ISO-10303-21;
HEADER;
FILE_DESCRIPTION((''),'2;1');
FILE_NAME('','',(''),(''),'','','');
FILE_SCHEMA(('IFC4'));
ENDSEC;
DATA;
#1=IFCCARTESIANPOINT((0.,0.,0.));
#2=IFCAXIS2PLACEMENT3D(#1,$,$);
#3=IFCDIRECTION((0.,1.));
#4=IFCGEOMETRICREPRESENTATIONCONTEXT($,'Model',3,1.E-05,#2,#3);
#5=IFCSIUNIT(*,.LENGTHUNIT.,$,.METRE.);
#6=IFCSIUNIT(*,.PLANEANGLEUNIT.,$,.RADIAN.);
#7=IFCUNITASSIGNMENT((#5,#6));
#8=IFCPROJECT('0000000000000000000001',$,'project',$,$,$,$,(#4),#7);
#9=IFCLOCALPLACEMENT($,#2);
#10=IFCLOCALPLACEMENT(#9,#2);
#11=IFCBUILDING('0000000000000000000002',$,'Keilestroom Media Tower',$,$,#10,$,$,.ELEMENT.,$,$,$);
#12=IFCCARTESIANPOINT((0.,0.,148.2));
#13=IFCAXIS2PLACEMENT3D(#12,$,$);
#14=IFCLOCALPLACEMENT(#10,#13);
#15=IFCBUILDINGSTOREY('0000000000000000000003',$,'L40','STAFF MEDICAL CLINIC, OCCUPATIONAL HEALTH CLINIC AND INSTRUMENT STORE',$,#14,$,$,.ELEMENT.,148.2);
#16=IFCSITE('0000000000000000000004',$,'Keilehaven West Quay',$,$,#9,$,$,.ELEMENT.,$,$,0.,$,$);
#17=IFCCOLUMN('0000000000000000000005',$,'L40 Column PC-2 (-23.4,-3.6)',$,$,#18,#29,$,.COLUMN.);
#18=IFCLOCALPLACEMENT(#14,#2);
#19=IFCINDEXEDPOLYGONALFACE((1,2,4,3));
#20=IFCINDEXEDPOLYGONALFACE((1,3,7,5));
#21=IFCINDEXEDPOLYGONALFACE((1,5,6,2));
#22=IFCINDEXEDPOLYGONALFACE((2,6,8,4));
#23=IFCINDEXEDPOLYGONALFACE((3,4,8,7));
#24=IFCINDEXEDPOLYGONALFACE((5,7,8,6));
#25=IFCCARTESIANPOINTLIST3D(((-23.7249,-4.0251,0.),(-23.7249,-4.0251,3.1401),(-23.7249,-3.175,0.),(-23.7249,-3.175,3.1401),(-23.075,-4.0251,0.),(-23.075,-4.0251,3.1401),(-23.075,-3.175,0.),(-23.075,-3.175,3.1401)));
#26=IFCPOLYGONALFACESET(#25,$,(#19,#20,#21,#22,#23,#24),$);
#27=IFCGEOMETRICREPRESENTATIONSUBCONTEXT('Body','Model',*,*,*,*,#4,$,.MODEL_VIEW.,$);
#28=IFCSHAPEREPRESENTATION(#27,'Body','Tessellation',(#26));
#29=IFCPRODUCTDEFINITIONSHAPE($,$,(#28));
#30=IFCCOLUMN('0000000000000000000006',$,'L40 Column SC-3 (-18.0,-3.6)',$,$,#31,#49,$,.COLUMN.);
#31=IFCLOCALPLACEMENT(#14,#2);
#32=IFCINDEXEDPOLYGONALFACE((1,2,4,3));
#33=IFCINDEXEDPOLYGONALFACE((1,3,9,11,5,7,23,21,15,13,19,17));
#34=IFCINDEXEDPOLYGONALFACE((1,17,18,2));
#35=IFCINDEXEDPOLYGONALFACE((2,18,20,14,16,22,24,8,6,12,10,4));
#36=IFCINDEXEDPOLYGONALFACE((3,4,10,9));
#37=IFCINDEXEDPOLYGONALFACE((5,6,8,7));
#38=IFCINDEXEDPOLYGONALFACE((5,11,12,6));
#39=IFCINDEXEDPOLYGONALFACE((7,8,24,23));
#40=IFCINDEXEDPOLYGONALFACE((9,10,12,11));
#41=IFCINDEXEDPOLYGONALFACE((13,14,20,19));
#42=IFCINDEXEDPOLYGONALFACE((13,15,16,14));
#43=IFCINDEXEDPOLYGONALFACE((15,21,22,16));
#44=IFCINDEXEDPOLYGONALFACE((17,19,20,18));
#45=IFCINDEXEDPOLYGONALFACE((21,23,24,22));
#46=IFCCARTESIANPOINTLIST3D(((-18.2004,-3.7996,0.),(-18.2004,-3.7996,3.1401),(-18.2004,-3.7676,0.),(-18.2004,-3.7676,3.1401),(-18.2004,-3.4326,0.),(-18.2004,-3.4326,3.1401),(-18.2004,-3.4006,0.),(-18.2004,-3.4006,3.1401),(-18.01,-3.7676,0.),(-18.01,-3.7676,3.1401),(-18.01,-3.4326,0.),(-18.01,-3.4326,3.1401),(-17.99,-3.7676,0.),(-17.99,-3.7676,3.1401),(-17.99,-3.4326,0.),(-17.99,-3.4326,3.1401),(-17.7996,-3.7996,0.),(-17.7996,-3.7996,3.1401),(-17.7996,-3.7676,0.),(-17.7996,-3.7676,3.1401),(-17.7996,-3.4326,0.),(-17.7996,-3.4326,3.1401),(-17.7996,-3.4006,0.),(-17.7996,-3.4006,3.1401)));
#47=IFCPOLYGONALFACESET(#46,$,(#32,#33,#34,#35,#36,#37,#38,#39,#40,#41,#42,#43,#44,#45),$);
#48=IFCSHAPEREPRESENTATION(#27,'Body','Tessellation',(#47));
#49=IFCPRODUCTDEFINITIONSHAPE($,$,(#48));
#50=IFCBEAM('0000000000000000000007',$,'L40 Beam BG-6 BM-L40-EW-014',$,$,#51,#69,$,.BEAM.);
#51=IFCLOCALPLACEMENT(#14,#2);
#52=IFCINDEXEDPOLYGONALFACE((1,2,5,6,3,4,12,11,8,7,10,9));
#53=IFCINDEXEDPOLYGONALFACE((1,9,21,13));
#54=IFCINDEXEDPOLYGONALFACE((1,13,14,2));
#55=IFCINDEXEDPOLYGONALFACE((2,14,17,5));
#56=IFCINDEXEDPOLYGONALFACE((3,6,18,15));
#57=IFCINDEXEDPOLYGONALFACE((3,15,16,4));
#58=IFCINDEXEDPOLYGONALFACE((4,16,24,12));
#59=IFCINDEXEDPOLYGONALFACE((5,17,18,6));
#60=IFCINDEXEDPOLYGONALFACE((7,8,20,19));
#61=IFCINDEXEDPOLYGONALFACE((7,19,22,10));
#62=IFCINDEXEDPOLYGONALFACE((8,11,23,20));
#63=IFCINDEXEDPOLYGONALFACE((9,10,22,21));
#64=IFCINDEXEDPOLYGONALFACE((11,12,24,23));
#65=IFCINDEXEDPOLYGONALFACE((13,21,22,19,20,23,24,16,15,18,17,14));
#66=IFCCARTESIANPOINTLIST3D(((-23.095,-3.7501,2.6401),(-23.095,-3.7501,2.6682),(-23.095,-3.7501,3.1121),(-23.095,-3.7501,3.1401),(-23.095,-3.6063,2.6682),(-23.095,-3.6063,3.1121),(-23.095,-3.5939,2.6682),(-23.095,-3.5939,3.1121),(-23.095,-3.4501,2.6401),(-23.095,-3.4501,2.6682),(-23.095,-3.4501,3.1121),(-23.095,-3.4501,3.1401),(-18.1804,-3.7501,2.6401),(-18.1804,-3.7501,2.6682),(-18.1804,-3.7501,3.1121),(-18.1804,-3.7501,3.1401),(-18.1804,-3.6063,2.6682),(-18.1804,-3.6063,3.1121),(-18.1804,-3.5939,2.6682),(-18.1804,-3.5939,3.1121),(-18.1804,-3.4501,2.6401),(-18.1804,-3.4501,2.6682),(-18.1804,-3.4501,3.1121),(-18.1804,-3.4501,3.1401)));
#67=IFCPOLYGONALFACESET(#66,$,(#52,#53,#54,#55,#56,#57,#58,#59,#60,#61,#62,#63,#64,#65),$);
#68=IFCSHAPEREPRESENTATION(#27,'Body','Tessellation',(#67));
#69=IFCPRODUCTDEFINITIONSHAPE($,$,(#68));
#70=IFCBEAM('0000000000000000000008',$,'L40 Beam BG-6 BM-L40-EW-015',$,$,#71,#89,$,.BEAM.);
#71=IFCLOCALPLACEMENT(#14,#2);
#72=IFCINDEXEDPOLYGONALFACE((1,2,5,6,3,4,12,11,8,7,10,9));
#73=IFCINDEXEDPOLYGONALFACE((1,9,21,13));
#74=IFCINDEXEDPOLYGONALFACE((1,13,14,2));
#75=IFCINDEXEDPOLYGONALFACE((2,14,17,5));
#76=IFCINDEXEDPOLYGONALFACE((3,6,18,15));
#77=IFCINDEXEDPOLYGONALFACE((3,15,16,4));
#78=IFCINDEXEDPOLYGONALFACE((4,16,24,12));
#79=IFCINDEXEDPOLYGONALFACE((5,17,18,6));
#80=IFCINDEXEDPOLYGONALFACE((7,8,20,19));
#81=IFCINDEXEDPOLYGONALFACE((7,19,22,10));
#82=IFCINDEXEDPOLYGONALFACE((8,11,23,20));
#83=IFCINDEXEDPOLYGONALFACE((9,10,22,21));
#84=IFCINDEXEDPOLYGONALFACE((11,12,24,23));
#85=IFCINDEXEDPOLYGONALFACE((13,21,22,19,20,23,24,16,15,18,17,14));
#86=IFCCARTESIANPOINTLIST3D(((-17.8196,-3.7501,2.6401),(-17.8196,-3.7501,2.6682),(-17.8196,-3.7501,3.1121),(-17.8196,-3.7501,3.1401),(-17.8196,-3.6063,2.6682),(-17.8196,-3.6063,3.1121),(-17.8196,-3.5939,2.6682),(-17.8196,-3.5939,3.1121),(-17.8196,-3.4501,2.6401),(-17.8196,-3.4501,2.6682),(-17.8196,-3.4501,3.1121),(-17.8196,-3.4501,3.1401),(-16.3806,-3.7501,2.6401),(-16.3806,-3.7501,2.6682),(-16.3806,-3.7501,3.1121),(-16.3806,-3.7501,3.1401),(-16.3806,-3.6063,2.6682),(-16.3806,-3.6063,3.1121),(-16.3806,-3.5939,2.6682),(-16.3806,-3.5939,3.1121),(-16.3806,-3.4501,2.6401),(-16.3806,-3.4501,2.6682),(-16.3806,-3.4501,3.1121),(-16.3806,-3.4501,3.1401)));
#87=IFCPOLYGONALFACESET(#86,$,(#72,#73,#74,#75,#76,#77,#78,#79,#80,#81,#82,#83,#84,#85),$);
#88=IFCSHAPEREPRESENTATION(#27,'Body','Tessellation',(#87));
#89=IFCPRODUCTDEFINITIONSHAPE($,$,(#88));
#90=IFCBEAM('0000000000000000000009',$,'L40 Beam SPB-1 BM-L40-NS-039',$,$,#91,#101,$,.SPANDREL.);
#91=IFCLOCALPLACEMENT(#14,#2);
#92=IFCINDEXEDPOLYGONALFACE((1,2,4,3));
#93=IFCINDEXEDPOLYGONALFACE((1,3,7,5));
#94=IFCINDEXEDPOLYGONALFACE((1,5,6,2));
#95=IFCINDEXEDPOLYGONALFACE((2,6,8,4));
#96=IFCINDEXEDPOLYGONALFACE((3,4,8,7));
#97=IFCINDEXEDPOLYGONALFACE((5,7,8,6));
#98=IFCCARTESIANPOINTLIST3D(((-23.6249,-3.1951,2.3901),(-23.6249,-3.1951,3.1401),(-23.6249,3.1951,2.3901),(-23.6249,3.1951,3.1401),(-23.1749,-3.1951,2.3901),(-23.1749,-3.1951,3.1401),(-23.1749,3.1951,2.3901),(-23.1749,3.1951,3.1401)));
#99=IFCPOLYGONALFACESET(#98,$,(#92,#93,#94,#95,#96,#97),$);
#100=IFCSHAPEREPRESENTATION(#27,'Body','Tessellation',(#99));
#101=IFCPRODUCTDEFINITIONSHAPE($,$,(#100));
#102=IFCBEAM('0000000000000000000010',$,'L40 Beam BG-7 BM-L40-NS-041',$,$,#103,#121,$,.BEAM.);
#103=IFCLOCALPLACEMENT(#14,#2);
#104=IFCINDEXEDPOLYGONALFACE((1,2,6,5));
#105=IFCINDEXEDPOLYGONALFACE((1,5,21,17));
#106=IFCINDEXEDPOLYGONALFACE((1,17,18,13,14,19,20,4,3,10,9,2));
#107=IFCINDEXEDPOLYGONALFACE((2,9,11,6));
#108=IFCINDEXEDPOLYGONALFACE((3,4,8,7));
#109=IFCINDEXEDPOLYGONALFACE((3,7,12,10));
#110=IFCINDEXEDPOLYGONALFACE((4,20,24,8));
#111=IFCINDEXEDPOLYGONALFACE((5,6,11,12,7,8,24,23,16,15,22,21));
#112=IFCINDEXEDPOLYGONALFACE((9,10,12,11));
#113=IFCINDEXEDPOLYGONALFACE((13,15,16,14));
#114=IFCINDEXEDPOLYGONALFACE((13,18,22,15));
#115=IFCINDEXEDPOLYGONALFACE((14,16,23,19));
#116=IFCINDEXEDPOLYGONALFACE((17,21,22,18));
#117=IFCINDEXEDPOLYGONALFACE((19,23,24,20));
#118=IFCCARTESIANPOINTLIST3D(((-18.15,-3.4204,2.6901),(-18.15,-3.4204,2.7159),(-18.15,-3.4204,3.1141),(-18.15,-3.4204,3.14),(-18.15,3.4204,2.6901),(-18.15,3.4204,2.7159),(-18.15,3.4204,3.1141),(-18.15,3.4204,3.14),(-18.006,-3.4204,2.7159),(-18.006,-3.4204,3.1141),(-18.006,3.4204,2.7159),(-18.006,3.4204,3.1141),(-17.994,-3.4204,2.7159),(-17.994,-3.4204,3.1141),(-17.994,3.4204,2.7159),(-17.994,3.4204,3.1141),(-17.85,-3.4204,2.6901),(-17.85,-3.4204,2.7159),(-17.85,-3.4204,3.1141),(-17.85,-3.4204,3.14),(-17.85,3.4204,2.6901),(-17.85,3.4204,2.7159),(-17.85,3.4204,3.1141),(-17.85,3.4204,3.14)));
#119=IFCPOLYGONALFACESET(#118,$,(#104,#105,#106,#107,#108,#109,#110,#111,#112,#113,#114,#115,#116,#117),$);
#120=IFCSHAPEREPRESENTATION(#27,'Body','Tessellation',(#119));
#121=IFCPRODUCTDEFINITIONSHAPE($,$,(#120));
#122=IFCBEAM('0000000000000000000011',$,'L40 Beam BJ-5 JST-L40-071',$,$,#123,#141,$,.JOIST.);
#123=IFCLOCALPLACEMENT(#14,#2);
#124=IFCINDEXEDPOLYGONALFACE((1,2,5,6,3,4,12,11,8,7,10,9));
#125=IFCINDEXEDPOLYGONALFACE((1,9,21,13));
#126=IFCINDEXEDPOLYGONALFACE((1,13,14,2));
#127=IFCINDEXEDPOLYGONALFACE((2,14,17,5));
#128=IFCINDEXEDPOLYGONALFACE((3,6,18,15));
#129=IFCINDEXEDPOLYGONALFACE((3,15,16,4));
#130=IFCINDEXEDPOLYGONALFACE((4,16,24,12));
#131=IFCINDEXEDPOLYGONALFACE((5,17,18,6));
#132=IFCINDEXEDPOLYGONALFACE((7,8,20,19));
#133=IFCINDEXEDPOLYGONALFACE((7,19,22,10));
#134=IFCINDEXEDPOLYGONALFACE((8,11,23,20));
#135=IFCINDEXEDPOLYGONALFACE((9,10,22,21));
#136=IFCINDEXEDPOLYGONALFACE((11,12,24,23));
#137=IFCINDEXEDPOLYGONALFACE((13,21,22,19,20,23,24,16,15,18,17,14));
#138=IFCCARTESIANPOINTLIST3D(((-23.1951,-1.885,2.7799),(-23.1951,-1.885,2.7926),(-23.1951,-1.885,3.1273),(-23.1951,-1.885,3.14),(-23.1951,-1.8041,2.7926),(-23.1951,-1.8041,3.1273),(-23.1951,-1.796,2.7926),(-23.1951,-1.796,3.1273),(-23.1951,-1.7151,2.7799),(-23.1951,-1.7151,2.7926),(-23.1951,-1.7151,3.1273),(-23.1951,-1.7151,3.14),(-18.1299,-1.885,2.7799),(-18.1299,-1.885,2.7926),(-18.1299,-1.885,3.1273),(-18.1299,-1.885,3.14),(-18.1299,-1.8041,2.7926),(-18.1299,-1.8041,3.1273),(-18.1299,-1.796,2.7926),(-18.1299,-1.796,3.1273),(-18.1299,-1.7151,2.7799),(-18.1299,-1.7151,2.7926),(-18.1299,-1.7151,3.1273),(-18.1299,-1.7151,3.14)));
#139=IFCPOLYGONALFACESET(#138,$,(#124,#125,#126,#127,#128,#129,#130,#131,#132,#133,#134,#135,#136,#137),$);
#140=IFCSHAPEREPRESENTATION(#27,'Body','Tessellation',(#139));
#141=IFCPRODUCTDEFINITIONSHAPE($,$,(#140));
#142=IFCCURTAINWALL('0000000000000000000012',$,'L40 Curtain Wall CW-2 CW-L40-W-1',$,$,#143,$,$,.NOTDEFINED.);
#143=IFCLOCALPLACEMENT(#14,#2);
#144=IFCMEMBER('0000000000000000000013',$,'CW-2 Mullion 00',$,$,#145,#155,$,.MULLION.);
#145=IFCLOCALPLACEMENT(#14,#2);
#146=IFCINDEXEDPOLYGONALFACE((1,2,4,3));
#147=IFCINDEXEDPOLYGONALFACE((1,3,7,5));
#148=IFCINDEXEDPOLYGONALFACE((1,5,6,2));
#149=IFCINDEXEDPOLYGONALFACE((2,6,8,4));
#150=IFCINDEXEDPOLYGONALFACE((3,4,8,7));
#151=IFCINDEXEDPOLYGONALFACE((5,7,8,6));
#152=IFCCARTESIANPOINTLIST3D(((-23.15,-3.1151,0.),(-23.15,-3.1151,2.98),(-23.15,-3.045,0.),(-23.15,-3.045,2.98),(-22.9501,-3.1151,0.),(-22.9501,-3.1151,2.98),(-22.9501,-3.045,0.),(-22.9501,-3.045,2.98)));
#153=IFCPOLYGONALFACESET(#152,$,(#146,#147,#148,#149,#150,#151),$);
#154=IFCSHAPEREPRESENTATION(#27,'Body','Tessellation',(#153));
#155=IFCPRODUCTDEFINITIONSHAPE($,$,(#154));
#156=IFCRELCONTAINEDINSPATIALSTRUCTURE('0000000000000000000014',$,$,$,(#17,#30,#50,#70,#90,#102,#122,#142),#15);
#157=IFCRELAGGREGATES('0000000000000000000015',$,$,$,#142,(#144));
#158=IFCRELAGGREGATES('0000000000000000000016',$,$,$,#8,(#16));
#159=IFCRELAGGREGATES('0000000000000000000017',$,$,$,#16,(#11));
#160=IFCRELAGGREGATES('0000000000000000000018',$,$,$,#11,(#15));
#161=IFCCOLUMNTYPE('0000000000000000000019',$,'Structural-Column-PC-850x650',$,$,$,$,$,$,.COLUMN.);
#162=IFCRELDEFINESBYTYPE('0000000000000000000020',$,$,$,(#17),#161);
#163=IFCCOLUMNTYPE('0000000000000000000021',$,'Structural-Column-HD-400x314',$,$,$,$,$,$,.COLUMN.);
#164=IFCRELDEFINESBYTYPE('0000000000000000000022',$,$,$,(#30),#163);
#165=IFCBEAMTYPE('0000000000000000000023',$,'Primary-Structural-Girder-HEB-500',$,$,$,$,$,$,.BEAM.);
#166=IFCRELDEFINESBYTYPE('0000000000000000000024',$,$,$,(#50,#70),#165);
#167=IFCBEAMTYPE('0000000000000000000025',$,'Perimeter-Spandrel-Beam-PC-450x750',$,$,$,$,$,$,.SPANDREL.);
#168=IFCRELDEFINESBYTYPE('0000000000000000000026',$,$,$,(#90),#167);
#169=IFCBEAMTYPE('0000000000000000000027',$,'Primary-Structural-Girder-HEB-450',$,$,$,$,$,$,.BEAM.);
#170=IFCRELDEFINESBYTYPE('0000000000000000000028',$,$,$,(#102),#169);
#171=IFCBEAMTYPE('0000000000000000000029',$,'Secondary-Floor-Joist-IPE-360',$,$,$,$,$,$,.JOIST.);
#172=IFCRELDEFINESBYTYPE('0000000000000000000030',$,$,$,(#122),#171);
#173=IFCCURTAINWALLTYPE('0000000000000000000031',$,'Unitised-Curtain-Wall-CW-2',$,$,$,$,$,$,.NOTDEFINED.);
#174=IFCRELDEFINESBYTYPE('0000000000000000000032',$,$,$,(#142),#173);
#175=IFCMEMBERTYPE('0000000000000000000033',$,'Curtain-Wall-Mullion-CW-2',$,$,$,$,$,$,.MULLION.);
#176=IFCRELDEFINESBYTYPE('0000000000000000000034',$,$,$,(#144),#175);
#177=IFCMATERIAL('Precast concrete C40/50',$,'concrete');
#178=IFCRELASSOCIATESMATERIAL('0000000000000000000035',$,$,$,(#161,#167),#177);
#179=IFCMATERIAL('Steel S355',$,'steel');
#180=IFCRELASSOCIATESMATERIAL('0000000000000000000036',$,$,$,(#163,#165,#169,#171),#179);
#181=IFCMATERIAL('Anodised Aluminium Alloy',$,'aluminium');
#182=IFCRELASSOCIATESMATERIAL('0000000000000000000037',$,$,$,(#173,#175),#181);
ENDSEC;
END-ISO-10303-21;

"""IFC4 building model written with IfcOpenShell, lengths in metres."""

from ifc_helpers import new_model, si_unit, direction, frame, origin, origin_2d, place, context, subcontext, project, spatial, rectangle, i_section, extrude, source, transform, mapped, material, material_profile, profile_set, type_object, element, aggregate, save


model = new_model("IFC4")

# Units and contexts
model_context = context("Model", 3, precision=1e-05, world=origin(), true_north=direction((0.0, 1.0)))
body_context = subcontext(model_context, "Body", "Model", "MODEL_VIEW")
ifc_project = project(units=[si_unit("LENGTHUNIT", "METRE"), si_unit("PLANEANGLEUNIT", "RADIAN")], contexts=[model_context])

# Site, building, storey
site_placement = place(None, origin())
site = spatial("IfcSite", under=ifc_project, at=site_placement, Name="Keilehaven West Quay", CompositionType="ELEMENT", RefElevation=0.0)
building_placement = place(site_placement, origin())
building = spatial("IfcBuilding", under=site, at=building_placement, Name="Keilestroom Media Tower", CompositionType="ELEMENT")
storey_placement = place(building_placement, frame((0.0, 0.0, 148.2)))
storey = spatial("IfcBuildingStorey", under=building, at=storey_placement, Name="L40", Description="STAFF MEDICAL CLINIC, OCCUPATIONAL HEALTH CLINIC AND INSTRUMENT STORE", CompositionType="ELEMENT", Elevation=148.2)

# Columns
ifc_material_1 = material(Name="Precast concrete C40/50", Category="concrete")
ifc_material_profile_1 = material_profile(ifc_material_1, rectangle(XDim=0.6499, YDim=0.8501, at=origin_2d()), Name="PC 850x650")
ifc_profile_set_1 = profile_set([ifc_material_profile_1], Name="Precast concrete C40/50")
column_type_1 = type_object("IfcColumnType", Name="Structural-Column-PC-850x650", PredefinedType="COLUMN", material=ifc_profile_set_1)
shared_shape_1 = source(origin(), body_context, "Body", "SweptSolid", [
    extrude(rectangle(XDim=0.6499, YDim=0.8501, at=origin_2d()), origin(), (0.0, 0.0, 1.0), 3.1401),
])
column_1_placement = place(storey_placement, frame((-23.3999, -3.6001, 0.0), z_axis=(0.0, 0.0, 1.0), x_axis=(1.0, 0.0, 0.0)))
element("IfcColumn", 1, at=column_1_placement, inside=storey, type_object=column_type_1, Name="L40 Column PC-2 (-23.4,-3.6)", PredefinedType="COLUMN", context=body_context, shape_type="MappedRepresentation", body=[
    mapped(shared_shape_1, transform((0.0, 0.0, 0.0), x_axis=(1.0, 0.0, 0.0), y_axis=(0.0, 1.0, 0.0), z_axis=(0.0, 0.0, 1.0), scale=1.0)),
])
ifc_material_2 = material(Name="Steel S355", Category="steel")
ifc_material_profile_2 = material_profile(ifc_material_2, i_section(OverallWidth=0.4009, OverallDepth=0.3989, WebThickness=0.02, FlangeThickness=0.032, at=origin_2d()), Name="HD 400x314")
ifc_profile_set_2 = profile_set([ifc_material_profile_2], Name="Steel S355")
column_type_2 = type_object("IfcColumnType", Name="Structural-Column-HD-400x314", PredefinedType="COLUMN", material=ifc_profile_set_2)
shared_shape_2 = source(origin(), body_context, "Body", "SweptSolid", [
    extrude(i_section(OverallWidth=0.4009, OverallDepth=0.3989, WebThickness=0.02, FlangeThickness=0.032, at=origin_2d()), origin(), (0.0, 0.0, 1.0), 3.1401),
])
column_2_placement = place(storey_placement, frame((-18.0, -3.6001, 0.0), z_axis=(0.0, 0.0, 1.0), x_axis=(1.0, 0.0, 0.0)))
element("IfcColumn", 2, at=column_2_placement, inside=storey, type_object=column_type_2, Name="L40 Column SC-3 (-18.0,-3.6)", PredefinedType="COLUMN", context=body_context, shape_type="MappedRepresentation", body=[
    mapped(shared_shape_2, transform((0.0, 0.0, 0.0), x_axis=(1.0, 0.0, 0.0), y_axis=(0.0, 1.0, 0.0), z_axis=(0.0, 0.0, 1.0), scale=1.0)),
])

# Beams
ifc_material_profile_3 = material_profile(ifc_material_2, i_section(OverallWidth=0.3, OverallDepth=0.5, WebThickness=0.0125, FlangeThickness=0.0281, at=origin_2d()), Name="HEB 500")
ifc_profile_set_3 = profile_set([ifc_material_profile_3], Name="Steel S355")
beam_type_1 = type_object("IfcBeamType", Name="Primary-Structural-Girder-HEB-500", PredefinedType="BEAM", material=ifc_profile_set_3)
shared_shape_3 = source(origin(), body_context, "Body", "SweptSolid", [
    extrude(i_section(OverallWidth=0.3, OverallDepth=0.5, WebThickness=0.0125, FlangeThickness=0.0281, at=origin_2d()), origin(), (0.0, 0.0, 1.0), 4.9146),
])
beam_1_placement = place(storey_placement, frame((-23.095, -3.6001, 2.8901), z_axis=(1.0, 0.0, 0.0), x_axis=(0.0, 1.0, 0.0)))
element("IfcBeam", 3, at=beam_1_placement, inside=storey, type_object=beam_type_1, Name="L40 Beam BG-6 BM-L40-EW-014", PredefinedType="BEAM", context=body_context, shape_type="MappedRepresentation", body=[
    mapped(shared_shape_3, transform((0.0, 0.0, 0.0), x_axis=(1.0, 0.0, 0.0), y_axis=(0.0, 1.0, 0.0), z_axis=(0.0, 0.0, 1.0), scale=1.0)),
])
shared_shape_4 = source(origin(), body_context, "Body", "SweptSolid", [
    extrude(i_section(OverallWidth=0.3, OverallDepth=0.5, WebThickness=0.0125, FlangeThickness=0.0281, at=origin_2d()), origin(), (0.0, 0.0, 1.0), 1.439),
])
beam_2_placement = place(storey_placement, frame((-17.8196, -3.6001, 2.8901), z_axis=(1.0, 0.0, 0.0), x_axis=(0.0, 1.0, 0.0)))
element("IfcBeam", 4, at=beam_2_placement, inside=storey, type_object=beam_type_1, Name="L40 Beam BG-6 BM-L40-EW-015", PredefinedType="BEAM", context=body_context, shape_type="MappedRepresentation", body=[
    mapped(shared_shape_4, transform((0.0, 0.0, 0.0), x_axis=(1.0, 0.0, 0.0), y_axis=(0.0, 1.0, 0.0), z_axis=(0.0, 0.0, 1.0), scale=1.0)),
])
ifc_material_profile_4 = material_profile(ifc_material_1, rectangle(XDim=0.45, YDim=0.75, at=origin_2d()), Name="PC 450x750")
ifc_profile_set_4 = profile_set([ifc_material_profile_4], Name="Precast concrete C40/50")
beam_type_2 = type_object("IfcBeamType", Name="Perimeter-Spandrel-Beam-PC-450x750", PredefinedType="SPANDREL", material=ifc_profile_set_4)
shared_shape_5 = source(origin(), body_context, "Body", "SweptSolid", [
    extrude(rectangle(XDim=0.45, YDim=0.75, at=origin_2d()), origin(), (0.0, 0.0, 1.0), 6.3901),
])
beam_3_placement = place(storey_placement, frame((-23.3999, -3.1951, 2.7651), z_axis=(0.0, 1.0, 0.0), x_axis=(-1.0, 0.0, 0.0)))
element("IfcBeam", 5, at=beam_3_placement, inside=storey, type_object=beam_type_2, Name="L40 Beam SPB-1 BM-L40-NS-039", PredefinedType="SPANDREL", context=body_context, shape_type="MappedRepresentation", body=[
    mapped(shared_shape_5, transform((0.0, 0.0, 0.0), x_axis=(1.0, 0.0, 0.0), y_axis=(0.0, 1.0, 0.0), z_axis=(0.0, 0.0, 1.0), scale=1.0)),
])
ifc_material_profile_5 = material_profile(ifc_material_2, i_section(OverallWidth=0.3, OverallDepth=0.45, WebThickness=0.012, FlangeThickness=0.0259, at=origin_2d()), Name="HEB 450")
ifc_profile_set_5 = profile_set([ifc_material_profile_5], Name="Steel S355")
beam_type_3 = type_object("IfcBeamType", Name="Primary-Structural-Girder-HEB-450", PredefinedType="BEAM", material=ifc_profile_set_5)
shared_shape_6 = source(origin(), body_context, "Body", "SweptSolid", [
    extrude(i_section(OverallWidth=0.3, OverallDepth=0.45, WebThickness=0.012, FlangeThickness=0.0259, at=origin_2d()), origin(), (0.0, 0.0, 1.0), 6.8408),
])
beam_4_placement = place(storey_placement, frame((-18.0, -3.4204, 2.915), z_axis=(0.0, 1.0, 0.0), x_axis=(-1.0, 0.0, 0.0)))
element("IfcBeam", 6, at=beam_4_placement, inside=storey, type_object=beam_type_3, Name="L40 Beam BG-7 BM-L40-NS-041", PredefinedType="BEAM", context=body_context, shape_type="MappedRepresentation", body=[
    mapped(shared_shape_6, transform((0.0, 0.0, 0.0), x_axis=(1.0, 0.0, 0.0), y_axis=(0.0, 1.0, 0.0), z_axis=(0.0, 0.0, 1.0), scale=1.0)),
])
ifc_material_profile_6 = material_profile(ifc_material_2, i_section(OverallWidth=0.1699, OverallDepth=0.3601, WebThickness=0.0081, FlangeThickness=0.0127, at=origin_2d()), Name="IPE 360")
ifc_profile_set_6 = profile_set([ifc_material_profile_6], Name="Steel S355")
beam_type_4 = type_object("IfcBeamType", Name="Secondary-Floor-Joist-IPE-360", PredefinedType="JOIST", material=ifc_profile_set_6)
shared_shape_7 = source(origin(), body_context, "Body", "SweptSolid", [
    extrude(i_section(OverallWidth=0.1699, OverallDepth=0.3601, WebThickness=0.0081, FlangeThickness=0.0127, at=origin_2d()), origin(), (0.0, 0.0, 1.0), 5.0652),
])
beam_5_placement = place(storey_placement, frame((-23.1951, -1.8, 2.96), z_axis=(1.0, 0.0, 0.0), x_axis=(0.0, 1.0, 0.0)))
element("IfcBeam", 7, at=beam_5_placement, inside=storey, type_object=beam_type_4, Name="L40 Beam BJ-5 JST-L40-071", PredefinedType="JOIST", context=body_context, shape_type="MappedRepresentation", body=[
    mapped(shared_shape_7, transform((0.0, 0.0, 0.0), x_axis=(1.0, 0.0, 0.0), y_axis=(0.0, 1.0, 0.0), z_axis=(0.0, 0.0, 1.0), scale=1.0)),
])

# Curtain wall, member
ifc_material_3 = material(Name="Anodised Aluminium Alloy", Category="aluminium")
curtain_wall_type = type_object("IfcCurtainWallType", Name="Unitised-Curtain-Wall-CW-2", PredefinedType="NOTDEFINED", material=ifc_material_3)
curtain_wall_placement = place(storey_placement, origin())
curtain_wall = element("IfcCurtainWall", 8, at=curtain_wall_placement, inside=storey, type_object=curtain_wall_type, Name="L40 Curtain Wall CW-2 CW-L40-W-1", PredefinedType="NOTDEFINED")
ifc_material_profile_7 = material_profile(ifc_material_3, rectangle(XDim=0.0701, YDim=0.2, at=origin_2d()), Name="ALU MULLION 70x200")
ifc_profile_set_7 = profile_set([ifc_material_profile_7], Name="Anodised Aluminium Alloy")
member_type_1 = type_object("IfcMemberType", Name="Curtain-Wall-Mullion-CW-2", PredefinedType="MULLION", material=ifc_profile_set_7)
shared_shape_8 = source(origin(), body_context, "Body", "SweptSolid", [
    extrude(rectangle(XDim=0.0701, YDim=0.2, at=origin_2d()), origin(), (0.0, 0.0, 1.0), 2.98),
])
member_1_placement = place(storey_placement, frame((-23.05, -3.0801, 0.0), z_axis=(0.0, 0.0, 1.0), x_axis=(0.0, 1.0, 0.0)))
member_1 = element("IfcMember", 9, at=member_1_placement, type_object=member_type_1, Name="CW-2 Mullion 00", PredefinedType="MULLION", context=body_context, shape_type="MappedRepresentation", body=[
    mapped(shared_shape_8, transform((0.0, 0.0, 0.0), x_axis=(1.0, 0.0, 0.0), y_axis=(0.0, 1.0, 0.0), z_axis=(0.0, 0.0, 1.0), scale=1.0)),
])
aggregate(curtain_wall, [member_1])

save(model, "model.ifc")
